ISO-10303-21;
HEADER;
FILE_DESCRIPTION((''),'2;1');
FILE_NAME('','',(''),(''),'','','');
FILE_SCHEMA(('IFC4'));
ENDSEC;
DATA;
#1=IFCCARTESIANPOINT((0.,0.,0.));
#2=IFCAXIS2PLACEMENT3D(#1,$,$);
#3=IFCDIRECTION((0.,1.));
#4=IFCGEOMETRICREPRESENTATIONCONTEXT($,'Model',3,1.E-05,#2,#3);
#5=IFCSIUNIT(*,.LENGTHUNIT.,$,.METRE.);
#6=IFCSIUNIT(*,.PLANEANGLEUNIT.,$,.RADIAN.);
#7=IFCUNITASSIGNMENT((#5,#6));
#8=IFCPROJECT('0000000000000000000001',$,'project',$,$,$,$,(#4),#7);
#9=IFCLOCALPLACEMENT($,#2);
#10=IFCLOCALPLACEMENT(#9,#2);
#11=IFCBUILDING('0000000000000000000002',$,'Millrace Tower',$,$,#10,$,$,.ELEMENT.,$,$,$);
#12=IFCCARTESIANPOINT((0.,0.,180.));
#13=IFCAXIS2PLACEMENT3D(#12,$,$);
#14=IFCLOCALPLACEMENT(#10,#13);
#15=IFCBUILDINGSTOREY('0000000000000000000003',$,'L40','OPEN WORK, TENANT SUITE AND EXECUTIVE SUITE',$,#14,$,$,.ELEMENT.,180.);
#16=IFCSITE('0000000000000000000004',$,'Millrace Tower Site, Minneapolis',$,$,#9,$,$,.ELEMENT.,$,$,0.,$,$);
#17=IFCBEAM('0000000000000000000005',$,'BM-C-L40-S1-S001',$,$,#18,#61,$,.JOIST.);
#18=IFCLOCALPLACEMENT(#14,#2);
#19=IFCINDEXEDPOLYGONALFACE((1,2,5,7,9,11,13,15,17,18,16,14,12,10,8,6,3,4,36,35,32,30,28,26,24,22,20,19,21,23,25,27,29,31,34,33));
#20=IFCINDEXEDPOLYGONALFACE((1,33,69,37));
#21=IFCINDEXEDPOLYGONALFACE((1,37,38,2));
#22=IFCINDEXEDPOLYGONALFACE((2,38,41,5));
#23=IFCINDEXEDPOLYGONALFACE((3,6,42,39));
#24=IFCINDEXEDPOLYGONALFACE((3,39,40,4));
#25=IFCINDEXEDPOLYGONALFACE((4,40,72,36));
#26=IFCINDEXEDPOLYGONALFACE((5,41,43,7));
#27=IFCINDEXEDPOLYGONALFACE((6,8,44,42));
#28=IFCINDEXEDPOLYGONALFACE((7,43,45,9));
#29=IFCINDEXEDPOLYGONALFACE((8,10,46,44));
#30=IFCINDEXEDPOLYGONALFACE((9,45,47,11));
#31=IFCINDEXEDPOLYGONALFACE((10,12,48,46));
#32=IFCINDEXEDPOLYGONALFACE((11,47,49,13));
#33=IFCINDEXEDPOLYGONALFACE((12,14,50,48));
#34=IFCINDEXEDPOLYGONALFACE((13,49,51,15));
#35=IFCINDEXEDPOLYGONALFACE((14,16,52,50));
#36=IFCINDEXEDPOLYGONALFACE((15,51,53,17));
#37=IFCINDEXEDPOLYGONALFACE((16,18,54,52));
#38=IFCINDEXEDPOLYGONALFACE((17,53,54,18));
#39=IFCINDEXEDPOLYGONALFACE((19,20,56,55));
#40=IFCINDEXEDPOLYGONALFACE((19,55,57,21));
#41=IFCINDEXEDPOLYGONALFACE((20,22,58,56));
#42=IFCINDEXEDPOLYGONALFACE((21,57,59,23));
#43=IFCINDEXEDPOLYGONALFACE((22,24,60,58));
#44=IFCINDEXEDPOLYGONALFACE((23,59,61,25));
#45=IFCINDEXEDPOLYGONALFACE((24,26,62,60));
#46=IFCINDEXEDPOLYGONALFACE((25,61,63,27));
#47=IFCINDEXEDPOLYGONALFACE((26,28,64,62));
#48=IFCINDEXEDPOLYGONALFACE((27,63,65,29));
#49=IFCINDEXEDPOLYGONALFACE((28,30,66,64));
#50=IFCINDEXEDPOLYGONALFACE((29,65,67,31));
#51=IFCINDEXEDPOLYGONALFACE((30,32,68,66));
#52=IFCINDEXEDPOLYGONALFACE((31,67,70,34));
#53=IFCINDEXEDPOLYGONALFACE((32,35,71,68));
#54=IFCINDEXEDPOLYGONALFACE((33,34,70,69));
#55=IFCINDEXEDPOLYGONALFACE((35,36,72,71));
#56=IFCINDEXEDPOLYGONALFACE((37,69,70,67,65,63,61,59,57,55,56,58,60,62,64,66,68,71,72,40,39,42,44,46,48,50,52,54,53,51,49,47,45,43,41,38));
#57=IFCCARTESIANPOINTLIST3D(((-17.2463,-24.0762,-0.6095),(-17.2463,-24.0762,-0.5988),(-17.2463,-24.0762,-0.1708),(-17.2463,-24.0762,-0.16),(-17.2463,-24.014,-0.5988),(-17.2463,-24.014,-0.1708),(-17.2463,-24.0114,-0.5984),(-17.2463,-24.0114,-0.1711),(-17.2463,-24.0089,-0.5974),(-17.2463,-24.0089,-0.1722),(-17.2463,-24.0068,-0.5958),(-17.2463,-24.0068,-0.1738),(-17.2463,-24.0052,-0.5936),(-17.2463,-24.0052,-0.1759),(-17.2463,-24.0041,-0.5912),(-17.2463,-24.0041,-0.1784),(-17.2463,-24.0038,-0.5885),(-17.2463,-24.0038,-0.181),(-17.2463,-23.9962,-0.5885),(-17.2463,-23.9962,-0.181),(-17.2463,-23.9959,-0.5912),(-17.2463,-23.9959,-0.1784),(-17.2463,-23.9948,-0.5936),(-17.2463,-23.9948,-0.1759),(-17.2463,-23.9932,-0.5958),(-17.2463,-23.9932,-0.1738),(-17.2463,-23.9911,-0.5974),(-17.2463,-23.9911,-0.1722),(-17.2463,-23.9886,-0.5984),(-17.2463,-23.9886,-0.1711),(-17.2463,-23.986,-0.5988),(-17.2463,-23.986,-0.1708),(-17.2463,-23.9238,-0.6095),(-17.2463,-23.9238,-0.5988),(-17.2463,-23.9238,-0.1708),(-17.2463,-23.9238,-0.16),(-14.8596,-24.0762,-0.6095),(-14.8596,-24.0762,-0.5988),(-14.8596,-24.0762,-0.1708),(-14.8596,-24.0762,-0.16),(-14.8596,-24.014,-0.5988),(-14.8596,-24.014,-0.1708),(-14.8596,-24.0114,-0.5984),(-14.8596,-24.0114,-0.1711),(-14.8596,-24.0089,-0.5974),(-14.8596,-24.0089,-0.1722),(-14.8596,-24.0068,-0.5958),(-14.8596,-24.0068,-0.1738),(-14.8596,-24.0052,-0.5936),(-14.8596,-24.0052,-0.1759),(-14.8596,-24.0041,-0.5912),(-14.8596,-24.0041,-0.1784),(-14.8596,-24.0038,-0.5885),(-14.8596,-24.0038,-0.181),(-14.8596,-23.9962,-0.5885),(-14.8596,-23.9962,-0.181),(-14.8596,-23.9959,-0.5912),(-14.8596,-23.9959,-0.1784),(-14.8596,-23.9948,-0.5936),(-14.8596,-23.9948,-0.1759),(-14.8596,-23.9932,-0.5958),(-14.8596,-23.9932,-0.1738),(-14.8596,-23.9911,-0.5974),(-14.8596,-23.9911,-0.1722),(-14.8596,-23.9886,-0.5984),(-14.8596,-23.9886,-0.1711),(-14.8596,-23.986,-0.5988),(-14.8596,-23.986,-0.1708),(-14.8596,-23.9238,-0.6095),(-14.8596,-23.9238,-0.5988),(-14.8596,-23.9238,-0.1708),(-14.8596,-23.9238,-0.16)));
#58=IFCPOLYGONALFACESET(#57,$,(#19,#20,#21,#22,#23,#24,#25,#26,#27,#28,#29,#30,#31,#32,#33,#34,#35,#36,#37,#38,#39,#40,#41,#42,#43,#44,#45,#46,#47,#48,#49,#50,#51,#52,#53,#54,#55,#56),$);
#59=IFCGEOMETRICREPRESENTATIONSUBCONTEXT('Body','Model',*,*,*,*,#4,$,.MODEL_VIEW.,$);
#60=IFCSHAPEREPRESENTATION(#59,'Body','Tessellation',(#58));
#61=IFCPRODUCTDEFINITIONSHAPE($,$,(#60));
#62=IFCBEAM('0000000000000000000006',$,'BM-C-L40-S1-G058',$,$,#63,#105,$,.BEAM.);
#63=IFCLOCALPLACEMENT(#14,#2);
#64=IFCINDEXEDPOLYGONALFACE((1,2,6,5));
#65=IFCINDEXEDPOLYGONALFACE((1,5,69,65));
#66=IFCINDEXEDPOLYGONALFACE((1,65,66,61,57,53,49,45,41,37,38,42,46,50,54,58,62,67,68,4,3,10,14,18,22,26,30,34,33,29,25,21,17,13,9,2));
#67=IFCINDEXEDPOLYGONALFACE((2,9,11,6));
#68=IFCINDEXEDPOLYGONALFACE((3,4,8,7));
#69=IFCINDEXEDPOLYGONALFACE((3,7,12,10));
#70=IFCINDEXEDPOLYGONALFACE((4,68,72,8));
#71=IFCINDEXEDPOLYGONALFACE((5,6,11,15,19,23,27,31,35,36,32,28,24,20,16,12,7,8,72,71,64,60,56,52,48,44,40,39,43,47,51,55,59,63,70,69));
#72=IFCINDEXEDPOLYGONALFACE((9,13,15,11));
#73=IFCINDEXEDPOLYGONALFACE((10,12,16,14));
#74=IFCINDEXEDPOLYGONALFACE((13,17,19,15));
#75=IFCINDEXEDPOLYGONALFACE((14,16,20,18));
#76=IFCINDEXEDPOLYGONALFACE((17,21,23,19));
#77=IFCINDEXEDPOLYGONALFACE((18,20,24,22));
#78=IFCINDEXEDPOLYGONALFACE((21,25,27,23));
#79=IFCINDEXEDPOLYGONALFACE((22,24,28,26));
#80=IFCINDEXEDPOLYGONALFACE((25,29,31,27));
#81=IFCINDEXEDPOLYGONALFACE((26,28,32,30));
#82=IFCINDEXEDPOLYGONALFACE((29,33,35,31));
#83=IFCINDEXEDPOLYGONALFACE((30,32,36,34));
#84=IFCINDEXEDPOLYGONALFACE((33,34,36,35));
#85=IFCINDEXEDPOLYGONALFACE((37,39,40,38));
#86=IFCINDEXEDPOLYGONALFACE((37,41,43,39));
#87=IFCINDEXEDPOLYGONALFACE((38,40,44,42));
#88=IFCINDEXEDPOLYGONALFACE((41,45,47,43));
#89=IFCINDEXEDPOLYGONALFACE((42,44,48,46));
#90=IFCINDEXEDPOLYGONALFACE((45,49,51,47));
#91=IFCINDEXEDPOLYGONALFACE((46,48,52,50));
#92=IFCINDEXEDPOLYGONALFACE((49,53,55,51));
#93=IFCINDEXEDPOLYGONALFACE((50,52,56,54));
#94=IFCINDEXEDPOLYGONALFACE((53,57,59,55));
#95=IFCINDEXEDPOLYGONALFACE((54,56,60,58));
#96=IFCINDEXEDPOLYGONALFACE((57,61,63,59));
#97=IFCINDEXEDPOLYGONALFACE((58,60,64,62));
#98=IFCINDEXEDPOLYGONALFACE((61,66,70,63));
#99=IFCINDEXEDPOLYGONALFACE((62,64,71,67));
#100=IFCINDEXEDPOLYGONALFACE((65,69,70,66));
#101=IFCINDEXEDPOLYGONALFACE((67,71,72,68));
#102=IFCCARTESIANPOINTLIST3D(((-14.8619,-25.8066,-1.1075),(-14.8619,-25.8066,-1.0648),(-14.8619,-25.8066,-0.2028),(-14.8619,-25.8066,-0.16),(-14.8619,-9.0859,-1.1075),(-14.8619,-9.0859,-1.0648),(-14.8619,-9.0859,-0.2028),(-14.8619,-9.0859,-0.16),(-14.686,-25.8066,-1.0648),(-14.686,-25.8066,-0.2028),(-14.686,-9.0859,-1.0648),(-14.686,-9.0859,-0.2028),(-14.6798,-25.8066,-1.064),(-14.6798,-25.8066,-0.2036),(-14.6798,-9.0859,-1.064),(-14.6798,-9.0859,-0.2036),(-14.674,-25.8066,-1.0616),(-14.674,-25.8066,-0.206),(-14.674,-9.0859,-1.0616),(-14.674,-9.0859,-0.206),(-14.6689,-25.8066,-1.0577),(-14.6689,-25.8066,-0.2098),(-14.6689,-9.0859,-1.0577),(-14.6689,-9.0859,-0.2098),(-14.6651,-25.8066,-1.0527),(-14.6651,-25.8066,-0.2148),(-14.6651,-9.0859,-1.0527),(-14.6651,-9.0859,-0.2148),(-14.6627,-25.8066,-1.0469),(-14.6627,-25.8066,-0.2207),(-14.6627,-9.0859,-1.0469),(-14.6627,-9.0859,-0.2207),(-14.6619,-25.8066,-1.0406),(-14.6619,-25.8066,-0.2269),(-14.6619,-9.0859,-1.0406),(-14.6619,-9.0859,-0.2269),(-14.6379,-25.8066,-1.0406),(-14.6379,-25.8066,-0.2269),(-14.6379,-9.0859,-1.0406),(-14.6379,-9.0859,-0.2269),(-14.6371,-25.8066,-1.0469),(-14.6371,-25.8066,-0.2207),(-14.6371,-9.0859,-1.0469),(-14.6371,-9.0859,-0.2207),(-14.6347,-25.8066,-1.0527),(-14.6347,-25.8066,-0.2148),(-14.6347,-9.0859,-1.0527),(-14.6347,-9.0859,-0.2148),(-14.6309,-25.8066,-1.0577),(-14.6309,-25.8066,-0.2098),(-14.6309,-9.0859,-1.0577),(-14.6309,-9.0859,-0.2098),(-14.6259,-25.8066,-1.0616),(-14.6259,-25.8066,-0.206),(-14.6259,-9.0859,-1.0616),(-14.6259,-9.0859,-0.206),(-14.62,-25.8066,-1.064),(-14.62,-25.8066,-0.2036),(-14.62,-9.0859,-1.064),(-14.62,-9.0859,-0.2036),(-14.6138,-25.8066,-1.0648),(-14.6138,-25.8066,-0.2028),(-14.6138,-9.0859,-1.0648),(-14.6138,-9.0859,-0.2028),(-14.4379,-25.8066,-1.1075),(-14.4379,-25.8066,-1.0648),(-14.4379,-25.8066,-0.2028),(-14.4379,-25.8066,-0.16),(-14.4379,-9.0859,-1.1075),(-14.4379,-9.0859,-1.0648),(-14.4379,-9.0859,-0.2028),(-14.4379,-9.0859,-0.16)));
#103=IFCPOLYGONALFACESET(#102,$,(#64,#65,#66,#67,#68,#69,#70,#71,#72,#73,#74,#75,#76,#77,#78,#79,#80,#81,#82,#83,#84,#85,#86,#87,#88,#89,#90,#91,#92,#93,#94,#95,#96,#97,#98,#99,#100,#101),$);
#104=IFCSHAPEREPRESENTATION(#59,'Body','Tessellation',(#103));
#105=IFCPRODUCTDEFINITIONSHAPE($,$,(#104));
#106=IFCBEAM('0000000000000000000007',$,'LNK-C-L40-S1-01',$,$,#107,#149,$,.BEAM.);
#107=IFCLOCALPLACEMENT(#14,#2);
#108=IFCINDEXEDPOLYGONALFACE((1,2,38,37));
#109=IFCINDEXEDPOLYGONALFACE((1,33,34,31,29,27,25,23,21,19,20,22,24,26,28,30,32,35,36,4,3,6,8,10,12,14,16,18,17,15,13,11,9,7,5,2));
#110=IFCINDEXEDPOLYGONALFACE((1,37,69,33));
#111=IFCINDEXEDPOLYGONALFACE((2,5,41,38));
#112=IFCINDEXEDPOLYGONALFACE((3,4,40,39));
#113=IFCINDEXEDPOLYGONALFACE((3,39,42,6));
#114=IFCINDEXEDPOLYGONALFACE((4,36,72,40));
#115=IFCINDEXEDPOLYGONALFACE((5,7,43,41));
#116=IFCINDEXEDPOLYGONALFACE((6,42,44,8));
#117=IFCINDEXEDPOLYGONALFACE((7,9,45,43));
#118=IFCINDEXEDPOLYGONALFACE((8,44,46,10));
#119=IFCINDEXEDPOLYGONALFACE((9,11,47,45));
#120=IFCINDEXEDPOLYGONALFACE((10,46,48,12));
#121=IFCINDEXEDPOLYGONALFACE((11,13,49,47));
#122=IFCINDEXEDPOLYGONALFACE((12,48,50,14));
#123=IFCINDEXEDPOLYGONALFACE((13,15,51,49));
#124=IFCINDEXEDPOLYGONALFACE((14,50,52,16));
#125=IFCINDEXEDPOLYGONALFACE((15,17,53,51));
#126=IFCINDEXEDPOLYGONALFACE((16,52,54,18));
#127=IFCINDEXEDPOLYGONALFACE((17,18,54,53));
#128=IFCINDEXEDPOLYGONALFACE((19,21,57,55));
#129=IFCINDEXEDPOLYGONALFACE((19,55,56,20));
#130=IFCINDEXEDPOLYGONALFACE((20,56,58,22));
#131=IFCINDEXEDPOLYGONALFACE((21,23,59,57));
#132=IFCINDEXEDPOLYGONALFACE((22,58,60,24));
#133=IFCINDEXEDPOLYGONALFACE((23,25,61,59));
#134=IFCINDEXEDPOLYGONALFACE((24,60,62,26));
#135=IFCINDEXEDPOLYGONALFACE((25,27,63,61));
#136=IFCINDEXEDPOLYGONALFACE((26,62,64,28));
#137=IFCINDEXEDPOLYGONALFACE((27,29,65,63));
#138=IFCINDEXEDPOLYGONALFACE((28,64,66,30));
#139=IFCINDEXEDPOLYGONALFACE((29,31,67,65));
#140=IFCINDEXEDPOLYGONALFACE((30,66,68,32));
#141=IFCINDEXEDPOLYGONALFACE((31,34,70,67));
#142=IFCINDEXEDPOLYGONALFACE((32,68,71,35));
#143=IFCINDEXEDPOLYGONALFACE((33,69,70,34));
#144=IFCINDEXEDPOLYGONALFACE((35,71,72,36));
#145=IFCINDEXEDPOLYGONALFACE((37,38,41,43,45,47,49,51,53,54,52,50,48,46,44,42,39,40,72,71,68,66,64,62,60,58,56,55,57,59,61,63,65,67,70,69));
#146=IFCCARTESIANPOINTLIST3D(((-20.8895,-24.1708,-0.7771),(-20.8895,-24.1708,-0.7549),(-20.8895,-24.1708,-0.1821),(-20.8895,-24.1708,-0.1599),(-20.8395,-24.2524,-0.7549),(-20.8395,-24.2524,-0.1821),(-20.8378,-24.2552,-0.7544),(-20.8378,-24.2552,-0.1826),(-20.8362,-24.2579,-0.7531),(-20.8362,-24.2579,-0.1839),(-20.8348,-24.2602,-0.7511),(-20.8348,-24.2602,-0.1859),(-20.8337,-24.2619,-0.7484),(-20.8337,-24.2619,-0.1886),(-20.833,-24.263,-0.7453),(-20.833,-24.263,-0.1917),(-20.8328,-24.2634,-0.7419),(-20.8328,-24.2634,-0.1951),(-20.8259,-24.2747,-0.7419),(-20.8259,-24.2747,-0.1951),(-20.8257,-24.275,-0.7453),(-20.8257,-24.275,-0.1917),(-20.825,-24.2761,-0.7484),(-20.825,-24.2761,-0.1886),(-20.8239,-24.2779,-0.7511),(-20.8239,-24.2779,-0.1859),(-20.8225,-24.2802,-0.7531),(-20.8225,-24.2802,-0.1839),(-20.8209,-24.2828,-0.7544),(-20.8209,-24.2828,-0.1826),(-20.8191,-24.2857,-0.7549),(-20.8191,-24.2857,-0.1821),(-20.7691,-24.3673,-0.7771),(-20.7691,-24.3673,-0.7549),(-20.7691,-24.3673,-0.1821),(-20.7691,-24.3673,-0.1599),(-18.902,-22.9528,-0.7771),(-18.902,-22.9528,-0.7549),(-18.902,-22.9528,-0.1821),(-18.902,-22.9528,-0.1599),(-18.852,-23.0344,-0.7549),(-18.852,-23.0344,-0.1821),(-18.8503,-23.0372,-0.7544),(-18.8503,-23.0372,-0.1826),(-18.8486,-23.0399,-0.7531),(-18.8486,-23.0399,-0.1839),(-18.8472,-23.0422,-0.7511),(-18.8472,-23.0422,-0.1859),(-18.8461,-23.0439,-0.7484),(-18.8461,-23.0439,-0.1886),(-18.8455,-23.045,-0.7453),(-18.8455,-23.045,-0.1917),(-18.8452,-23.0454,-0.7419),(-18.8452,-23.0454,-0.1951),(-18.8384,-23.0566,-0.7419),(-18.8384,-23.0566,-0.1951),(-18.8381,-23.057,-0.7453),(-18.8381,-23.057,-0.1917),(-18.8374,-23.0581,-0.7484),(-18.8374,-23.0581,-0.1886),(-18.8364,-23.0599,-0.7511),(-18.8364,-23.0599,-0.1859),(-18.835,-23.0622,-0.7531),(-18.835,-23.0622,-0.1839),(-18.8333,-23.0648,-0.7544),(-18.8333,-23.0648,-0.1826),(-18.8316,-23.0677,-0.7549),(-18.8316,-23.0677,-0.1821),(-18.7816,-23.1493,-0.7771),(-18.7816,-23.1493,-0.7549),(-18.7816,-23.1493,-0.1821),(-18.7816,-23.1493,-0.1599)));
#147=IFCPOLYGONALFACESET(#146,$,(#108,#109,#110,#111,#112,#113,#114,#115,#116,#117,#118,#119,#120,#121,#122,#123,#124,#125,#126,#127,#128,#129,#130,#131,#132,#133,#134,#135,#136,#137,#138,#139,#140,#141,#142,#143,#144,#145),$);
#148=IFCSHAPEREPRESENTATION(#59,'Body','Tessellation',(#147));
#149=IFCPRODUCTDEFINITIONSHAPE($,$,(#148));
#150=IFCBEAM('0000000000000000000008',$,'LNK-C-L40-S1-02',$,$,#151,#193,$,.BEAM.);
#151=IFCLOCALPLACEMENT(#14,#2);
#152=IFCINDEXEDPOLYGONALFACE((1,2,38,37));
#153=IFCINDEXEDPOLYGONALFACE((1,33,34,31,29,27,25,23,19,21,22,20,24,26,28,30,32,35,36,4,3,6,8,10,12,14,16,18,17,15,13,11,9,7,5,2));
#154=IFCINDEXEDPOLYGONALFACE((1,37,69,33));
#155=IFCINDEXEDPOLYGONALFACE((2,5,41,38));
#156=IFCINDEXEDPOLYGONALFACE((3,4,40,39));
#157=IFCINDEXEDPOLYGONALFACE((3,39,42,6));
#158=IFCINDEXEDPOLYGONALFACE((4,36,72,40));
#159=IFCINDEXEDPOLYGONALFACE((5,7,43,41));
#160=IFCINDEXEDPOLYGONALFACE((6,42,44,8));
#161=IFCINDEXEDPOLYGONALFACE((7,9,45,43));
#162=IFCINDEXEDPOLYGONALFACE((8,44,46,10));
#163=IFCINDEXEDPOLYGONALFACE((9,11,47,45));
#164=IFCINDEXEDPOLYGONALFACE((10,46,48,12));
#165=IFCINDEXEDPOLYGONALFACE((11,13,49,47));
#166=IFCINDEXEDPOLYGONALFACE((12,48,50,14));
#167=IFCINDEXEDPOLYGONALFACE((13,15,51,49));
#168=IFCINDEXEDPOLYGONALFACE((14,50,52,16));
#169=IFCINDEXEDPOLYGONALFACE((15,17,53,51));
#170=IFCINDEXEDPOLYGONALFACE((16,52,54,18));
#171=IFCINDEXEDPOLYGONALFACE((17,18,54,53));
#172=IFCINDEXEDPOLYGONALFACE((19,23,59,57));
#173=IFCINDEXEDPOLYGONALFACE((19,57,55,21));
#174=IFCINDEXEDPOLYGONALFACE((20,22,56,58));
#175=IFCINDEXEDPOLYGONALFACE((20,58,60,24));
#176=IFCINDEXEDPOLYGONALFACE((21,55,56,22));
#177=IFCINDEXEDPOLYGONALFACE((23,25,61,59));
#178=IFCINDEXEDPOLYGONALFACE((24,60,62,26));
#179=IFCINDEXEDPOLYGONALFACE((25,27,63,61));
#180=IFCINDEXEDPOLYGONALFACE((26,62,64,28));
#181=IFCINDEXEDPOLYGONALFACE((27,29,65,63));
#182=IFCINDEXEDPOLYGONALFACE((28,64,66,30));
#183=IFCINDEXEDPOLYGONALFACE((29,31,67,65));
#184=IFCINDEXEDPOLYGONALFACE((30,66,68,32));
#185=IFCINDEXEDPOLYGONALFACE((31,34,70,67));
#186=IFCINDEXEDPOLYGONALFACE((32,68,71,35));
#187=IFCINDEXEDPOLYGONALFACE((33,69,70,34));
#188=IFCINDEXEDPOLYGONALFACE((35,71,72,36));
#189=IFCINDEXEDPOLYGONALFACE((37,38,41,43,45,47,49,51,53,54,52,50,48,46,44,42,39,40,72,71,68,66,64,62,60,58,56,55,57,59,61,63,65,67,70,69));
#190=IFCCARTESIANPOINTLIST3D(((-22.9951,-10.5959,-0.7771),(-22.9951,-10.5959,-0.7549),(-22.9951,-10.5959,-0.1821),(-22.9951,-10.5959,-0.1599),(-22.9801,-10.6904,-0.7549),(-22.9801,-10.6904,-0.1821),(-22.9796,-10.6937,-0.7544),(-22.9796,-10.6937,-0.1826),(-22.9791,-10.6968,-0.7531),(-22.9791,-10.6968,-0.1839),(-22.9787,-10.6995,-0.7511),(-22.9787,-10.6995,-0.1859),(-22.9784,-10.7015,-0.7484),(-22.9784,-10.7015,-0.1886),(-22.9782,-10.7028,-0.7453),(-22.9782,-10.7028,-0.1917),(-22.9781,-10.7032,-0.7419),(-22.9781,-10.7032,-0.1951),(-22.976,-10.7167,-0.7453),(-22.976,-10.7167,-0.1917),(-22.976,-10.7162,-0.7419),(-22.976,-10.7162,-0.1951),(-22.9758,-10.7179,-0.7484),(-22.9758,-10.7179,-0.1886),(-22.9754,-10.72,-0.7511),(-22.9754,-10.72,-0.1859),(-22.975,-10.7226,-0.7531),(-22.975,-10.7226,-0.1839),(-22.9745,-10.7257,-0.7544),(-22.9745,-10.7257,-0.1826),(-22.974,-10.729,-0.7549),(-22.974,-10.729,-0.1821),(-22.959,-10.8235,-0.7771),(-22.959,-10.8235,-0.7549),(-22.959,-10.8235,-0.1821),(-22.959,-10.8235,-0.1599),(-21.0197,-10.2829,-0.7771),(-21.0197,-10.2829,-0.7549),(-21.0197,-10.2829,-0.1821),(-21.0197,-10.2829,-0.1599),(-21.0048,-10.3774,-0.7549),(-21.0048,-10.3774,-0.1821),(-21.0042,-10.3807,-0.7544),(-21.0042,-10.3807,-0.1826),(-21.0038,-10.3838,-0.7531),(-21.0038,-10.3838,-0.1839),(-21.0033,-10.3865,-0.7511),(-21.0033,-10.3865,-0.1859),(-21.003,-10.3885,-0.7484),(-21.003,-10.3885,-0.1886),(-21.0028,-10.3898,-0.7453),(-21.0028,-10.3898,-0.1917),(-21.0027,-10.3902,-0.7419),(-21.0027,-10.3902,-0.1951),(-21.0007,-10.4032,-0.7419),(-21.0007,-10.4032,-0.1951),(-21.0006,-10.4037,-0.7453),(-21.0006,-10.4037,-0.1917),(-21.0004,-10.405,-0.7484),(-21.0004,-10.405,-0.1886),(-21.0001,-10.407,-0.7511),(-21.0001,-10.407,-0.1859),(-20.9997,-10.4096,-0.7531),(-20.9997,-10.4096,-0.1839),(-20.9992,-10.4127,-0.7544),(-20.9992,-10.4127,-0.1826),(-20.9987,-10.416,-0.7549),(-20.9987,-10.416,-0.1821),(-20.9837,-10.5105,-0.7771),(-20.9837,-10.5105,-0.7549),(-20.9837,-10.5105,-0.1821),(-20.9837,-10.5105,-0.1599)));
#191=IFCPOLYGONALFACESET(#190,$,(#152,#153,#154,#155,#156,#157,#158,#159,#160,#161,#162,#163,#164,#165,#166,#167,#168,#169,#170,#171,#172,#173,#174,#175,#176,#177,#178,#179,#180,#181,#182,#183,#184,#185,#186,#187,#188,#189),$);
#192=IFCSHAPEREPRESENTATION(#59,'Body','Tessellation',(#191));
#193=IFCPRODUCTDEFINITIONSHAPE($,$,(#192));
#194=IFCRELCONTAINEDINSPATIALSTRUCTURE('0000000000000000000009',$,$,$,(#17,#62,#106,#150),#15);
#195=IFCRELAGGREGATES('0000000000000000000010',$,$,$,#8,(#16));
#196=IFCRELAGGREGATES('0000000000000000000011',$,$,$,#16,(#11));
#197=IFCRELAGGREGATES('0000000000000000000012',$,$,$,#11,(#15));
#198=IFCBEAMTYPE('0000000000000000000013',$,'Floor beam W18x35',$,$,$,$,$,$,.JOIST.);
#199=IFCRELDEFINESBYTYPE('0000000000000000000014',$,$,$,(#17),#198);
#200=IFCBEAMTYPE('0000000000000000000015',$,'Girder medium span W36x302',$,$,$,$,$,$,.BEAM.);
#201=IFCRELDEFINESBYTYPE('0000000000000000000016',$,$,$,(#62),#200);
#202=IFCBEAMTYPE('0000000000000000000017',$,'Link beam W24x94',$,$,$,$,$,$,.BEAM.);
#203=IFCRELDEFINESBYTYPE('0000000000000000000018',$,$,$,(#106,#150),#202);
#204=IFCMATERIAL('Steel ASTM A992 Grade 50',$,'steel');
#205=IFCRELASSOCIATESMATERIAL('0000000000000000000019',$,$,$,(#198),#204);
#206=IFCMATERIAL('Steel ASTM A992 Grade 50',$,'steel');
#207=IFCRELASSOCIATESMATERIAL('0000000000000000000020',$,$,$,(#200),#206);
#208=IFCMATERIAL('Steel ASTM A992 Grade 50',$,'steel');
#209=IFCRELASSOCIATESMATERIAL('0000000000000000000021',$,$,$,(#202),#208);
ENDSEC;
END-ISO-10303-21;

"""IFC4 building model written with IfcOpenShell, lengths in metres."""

from ifc_helpers import new_model, si_unit, direction, frame, origin, origin_2d, place, context, subcontext, project, spatial, i_section, extrude, material, material_profile, profile_set, type_object, element, save


model = new_model("IFC4")

# Units and contexts
model_context = context("Model", 3, precision=1e-05, world=origin(), true_north=direction((0.0, 1.0)))
body_context = subcontext(model_context, "Body", "Model", "MODEL_VIEW")
ifc_project = project(units=[si_unit("LENGTHUNIT", "METRE"), si_unit("PLANEANGLEUNIT", "RADIAN")], contexts=[model_context])

# Site, building, storey
site_placement = place(None, origin())
site = spatial("IfcSite", under=ifc_project, at=site_placement, Name="Millrace Tower Site, Minneapolis", CompositionType="ELEMENT", RefElevation=0.0)
building_placement = place(site_placement, origin())
building = spatial("IfcBuilding", under=site, at=building_placement, Name="Millrace Tower", CompositionType="ELEMENT")
storey_placement = place(building_placement, frame((0.0, 0.0, 180.0)))
storey = spatial("IfcBuildingStorey", under=building, at=storey_placement, Name="L40", Description="OPEN WORK, TENANT SUITE AND EXECUTIVE SUITE", CompositionType="ELEMENT", Elevation=180.0)

# Beams
ifc_material_1 = material(Name="Steel ASTM A992 Grade 50", Category="steel")
ifc_material_profile_1 = material_profile(ifc_material_1, i_section(OverallWidth=0.1523, OverallDepth=0.4495, WebThickness=0.0076, FlangeThickness=0.0107, FilletRadius=0.0103, at=origin_2d()))
ifc_profile_set_1 = profile_set([ifc_material_profile_1], Name="Steel ASTM A992 Grade 50")
beam_type_1 = type_object("IfcBeamType", Name="Floor beam W18x35", PredefinedType="JOIST", material=ifc_profile_set_1)
beam_1_placement = place(storey_placement, frame((-17.2463, -24.0, -0.3848), z_axis=(1.0, 0.0, 0.0), x_axis=(0.0, 1.0, 0.0)))
element("IfcBeam", 1, at=beam_1_placement, inside=storey, type_object=beam_type_1, Name="BM-C-L40-S1-S001", PredefinedType="JOIST", context=body_context, shape_type="SweptSolid", body=[
    extrude(i_section(OverallWidth=0.1523, OverallDepth=0.4495, WebThickness=0.0076, FlangeThickness=0.0107, FilletRadius=0.0103, at=origin_2d()), origin(), (0.0, 0.0, 1.0), 2.3867),
])
ifc_material_2 = material(Name="Steel ASTM A992 Grade 50", Category="steel")
ifc_material_profile_2 = material_profile(ifc_material_2, i_section(OverallWidth=0.4241, OverallDepth=0.9475, WebThickness=0.0239, FlangeThickness=0.0427, FilletRadius=0.0242, at=origin_2d()))
ifc_profile_set_2 = profile_set([ifc_material_profile_2], Name="Steel ASTM A992 Grade 50")
beam_type_2 = type_object("IfcBeamType", Name="Girder medium span W36x302", PredefinedType="BEAM", material=ifc_profile_set_2)
beam_2_placement = place(storey_placement, frame((-14.6499, -25.8066, -0.6338), z_axis=(0.0, 1.0, 0.0), x_axis=(-1.0, 0.0, 0.0)))
element("IfcBeam", 2, at=beam_2_placement, inside=storey, type_object=beam_type_2, Name="BM-C-L40-S1-G058", PredefinedType="BEAM", context=body_context, shape_type="SweptSolid", body=[
    extrude(i_section(OverallWidth=0.4241, OverallDepth=0.9475, WebThickness=0.0239, FlangeThickness=0.0427, FilletRadius=0.0242, at=origin_2d()), origin(), (0.0, 0.0, 1.0), 16.7207),
])
ifc_material_3 = material(Name="Steel ASTM A992 Grade 50", Category="steel")
ifc_material_profile_3 = material_profile(ifc_material_3, i_section(OverallWidth=0.2305, OverallDepth=0.6172, WebThickness=0.0132, FlangeThickness=0.0222, FilletRadius=0.0129, at=origin_2d()))
ifc_profile_set_3 = profile_set([ifc_material_profile_3], Name="Steel ASTM A992 Grade 50")
beam_type_3 = type_object("IfcBeamType", Name="Link beam W24x94", PredefinedType="BEAM", material=ifc_profile_set_3)
beam_3_placement = place(storey_placement, frame((-18.8418, -23.051, -0.4685), z_axis=(-0.852631, -0.522513, 0.0), x_axis=(0.522513, -0.852631, 0.0)))
element("IfcBeam", 3, at=beam_3_placement, inside=storey, type_object=beam_type_3, Name="LNK-C-L40-S1-01", PredefinedType="BEAM", context=body_context, shape_type="SweptSolid", body=[
    extrude(i_section(OverallWidth=0.2305, OverallDepth=0.6172, WebThickness=0.0132, FlangeThickness=0.0222, FilletRadius=0.0129, at=origin_2d()), origin(), (0.0, 0.0, 1.0), 2.3311),
])
beam_4_placement = place(storey_placement, frame((-21.0017, -10.3967, -0.4685), z_axis=(-0.987679, -0.156495, 0.0), x_axis=(0.156495, -0.987679, 0.0)))
element("IfcBeam", 4, at=beam_4_placement, inside=storey, type_object=beam_type_3, Name="LNK-C-L40-S1-02", PredefinedType="BEAM", context=body_context, shape_type="SweptSolid", body=[
    extrude(i_section(OverallWidth=0.2305, OverallDepth=0.6172, WebThickness=0.0132, FlangeThickness=0.0222, FilletRadius=0.0129, at=origin_2d()), origin(), (0.0, 0.0, 1.0), 2.0),
])

save(model, "model.ifc")
